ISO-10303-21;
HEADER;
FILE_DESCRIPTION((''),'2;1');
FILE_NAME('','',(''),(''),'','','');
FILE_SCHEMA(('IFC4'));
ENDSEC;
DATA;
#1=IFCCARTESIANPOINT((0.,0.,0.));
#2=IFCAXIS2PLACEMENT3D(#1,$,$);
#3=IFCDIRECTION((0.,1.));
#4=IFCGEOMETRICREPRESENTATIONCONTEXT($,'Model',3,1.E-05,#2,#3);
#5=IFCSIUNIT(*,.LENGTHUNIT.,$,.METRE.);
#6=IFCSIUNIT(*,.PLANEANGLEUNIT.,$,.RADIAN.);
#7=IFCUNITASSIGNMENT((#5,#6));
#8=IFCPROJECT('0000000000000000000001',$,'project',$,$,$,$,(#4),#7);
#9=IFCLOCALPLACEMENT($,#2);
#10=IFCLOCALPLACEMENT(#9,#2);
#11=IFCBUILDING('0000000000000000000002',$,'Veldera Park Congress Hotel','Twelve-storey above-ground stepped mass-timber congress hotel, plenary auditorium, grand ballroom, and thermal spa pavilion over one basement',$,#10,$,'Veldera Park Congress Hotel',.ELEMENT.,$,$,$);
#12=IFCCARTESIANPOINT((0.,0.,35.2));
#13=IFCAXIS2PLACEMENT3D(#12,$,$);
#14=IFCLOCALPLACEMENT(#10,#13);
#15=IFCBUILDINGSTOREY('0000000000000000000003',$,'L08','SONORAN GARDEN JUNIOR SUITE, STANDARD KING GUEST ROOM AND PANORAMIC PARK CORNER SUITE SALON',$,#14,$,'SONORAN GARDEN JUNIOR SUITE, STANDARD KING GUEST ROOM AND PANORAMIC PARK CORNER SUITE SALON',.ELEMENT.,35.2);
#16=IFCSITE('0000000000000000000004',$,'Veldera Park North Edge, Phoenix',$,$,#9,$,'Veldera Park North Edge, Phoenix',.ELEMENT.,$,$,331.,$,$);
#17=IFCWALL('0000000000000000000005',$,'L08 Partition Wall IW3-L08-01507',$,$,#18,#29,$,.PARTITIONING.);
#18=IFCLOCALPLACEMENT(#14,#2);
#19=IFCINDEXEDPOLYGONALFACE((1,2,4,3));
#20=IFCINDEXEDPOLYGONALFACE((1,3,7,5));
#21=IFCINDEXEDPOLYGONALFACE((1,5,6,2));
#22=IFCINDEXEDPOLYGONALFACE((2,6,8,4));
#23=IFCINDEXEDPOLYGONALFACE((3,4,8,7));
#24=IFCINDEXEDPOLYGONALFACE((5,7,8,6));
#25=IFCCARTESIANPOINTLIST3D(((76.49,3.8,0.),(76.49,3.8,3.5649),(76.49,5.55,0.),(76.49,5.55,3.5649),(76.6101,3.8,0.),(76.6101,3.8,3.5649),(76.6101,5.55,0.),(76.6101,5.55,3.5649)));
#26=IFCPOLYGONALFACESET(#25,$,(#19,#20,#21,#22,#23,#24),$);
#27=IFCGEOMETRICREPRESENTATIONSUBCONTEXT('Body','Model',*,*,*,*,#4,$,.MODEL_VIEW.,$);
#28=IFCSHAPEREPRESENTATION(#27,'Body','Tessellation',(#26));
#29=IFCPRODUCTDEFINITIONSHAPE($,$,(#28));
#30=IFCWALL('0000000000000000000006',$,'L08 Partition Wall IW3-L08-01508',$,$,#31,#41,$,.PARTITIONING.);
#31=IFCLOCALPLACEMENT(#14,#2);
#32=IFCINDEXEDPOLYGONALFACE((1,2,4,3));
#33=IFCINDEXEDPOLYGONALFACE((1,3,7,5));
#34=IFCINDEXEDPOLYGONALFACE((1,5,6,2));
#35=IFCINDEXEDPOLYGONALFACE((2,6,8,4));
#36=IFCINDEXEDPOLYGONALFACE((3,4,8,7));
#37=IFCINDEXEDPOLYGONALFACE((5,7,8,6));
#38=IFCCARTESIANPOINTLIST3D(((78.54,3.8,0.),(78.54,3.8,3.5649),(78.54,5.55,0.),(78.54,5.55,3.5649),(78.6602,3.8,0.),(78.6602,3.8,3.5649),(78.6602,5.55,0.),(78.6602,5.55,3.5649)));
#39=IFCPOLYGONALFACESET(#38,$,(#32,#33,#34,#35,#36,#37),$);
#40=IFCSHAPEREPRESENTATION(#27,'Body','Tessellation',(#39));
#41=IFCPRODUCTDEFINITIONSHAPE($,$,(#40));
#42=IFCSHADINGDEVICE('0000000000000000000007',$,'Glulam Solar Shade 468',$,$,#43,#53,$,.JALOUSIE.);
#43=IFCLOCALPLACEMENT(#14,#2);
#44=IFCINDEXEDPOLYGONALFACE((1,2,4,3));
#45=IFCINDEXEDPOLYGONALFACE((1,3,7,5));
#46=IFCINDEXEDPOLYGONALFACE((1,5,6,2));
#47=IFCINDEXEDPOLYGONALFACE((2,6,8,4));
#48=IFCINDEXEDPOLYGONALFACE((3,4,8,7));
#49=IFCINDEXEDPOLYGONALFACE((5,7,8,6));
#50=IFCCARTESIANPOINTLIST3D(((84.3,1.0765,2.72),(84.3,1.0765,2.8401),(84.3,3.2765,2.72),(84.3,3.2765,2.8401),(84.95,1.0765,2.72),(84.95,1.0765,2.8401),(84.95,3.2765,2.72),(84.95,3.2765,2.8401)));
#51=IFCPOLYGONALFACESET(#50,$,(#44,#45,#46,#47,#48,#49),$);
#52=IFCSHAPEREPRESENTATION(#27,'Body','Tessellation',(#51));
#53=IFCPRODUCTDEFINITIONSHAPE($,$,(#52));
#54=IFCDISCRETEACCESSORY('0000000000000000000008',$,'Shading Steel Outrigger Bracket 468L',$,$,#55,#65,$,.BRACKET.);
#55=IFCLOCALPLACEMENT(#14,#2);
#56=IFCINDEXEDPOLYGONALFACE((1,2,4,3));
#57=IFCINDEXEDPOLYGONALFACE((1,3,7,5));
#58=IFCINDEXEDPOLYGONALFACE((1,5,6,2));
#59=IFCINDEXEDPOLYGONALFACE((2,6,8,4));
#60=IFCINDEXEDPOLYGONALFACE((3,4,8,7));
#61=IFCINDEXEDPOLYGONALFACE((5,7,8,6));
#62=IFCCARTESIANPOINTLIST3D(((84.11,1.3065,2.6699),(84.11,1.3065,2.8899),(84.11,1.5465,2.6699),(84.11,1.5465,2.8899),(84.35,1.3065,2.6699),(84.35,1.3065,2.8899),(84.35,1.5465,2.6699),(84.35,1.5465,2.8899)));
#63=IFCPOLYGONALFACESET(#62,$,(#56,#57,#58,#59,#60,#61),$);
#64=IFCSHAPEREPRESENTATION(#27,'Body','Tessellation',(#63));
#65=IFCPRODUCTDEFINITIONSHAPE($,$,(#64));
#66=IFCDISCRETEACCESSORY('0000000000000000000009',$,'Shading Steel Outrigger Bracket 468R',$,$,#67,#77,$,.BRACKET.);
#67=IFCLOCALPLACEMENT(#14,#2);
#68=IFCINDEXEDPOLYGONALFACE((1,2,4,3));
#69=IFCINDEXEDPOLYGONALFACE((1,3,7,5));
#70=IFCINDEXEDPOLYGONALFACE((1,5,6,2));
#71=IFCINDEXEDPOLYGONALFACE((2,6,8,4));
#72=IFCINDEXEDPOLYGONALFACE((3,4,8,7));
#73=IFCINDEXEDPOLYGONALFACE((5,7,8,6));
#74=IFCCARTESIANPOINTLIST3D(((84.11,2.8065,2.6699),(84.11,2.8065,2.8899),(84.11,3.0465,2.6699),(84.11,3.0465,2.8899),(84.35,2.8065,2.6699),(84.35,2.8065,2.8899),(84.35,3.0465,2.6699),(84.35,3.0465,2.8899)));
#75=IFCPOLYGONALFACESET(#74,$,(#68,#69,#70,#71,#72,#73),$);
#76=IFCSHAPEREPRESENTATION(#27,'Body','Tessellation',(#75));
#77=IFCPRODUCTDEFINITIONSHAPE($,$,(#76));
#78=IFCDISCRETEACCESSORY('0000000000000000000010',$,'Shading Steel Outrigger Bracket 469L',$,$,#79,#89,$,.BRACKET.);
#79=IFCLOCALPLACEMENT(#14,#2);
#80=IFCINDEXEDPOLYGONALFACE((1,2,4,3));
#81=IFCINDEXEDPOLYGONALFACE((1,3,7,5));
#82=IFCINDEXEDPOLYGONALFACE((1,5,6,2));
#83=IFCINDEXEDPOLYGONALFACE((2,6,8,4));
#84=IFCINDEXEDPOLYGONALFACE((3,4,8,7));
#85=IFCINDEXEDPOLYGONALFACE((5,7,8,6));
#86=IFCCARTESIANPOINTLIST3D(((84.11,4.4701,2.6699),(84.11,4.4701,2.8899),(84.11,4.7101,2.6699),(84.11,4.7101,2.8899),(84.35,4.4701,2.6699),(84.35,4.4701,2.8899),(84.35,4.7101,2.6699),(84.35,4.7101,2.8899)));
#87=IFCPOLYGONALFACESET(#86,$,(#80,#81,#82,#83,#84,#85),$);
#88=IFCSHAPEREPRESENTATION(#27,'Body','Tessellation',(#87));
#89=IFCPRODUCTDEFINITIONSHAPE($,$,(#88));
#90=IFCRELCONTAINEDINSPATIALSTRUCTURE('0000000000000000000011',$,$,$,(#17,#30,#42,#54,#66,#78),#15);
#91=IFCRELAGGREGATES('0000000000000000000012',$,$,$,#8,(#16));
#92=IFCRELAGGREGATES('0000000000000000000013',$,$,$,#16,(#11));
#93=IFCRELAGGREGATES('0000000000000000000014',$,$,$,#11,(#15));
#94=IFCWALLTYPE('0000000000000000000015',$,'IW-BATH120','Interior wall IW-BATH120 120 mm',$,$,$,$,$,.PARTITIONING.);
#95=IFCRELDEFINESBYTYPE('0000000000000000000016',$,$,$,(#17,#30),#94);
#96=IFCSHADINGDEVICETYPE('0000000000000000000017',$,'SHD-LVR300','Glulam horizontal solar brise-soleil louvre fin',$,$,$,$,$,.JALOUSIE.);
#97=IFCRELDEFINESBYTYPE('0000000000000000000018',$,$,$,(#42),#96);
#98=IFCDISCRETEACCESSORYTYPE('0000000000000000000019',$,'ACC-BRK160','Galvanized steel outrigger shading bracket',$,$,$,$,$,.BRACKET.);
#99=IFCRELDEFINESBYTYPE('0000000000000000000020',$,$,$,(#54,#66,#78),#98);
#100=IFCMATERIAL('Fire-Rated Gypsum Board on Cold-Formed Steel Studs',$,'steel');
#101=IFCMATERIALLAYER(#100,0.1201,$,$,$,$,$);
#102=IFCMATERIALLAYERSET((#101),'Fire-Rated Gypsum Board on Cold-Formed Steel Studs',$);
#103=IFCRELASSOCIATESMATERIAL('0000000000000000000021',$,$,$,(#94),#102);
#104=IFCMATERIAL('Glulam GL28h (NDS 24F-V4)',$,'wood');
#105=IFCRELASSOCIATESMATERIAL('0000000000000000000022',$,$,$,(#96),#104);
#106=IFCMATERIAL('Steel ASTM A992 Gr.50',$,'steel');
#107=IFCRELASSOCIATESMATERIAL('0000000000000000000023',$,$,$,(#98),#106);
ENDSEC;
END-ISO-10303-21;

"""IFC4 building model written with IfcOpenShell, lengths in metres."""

from ifc_helpers import new_model, si_unit, direction, frame, frame_2d, origin, origin_2d, place, context, subcontext, project, spatial, rectangle, extrude, material, layer, layer_set, type_object, element, save


model = new_model("IFC4")

# Units and contexts
model_context = context("Model", 3, precision=1e-05, world=origin(), true_north=direction((0.0, 1.0)))
body_context = subcontext(model_context, "Body", "Model", "MODEL_VIEW")
ifc_project = project(units=[si_unit("LENGTHUNIT", "METRE"), si_unit("PLANEANGLEUNIT", "RADIAN")], contexts=[model_context])

# Site, building, storey
site_placement = place(None, origin())
site = spatial("IfcSite", under=ifc_project, at=site_placement, Name="Veldera Park North Edge, Phoenix", LongName="Veldera Park North Edge, Phoenix", CompositionType="ELEMENT", RefElevation=331.0)
building_placement = place(site_placement, origin())
building = spatial("IfcBuilding", under=site, at=building_placement, Name="Veldera Park Congress Hotel", Description="Twelve-storey above-ground stepped mass-timber congress hotel, plenary auditorium, grand ballroom, and thermal spa pavilion over one basement", LongName="Veldera Park Congress Hotel", CompositionType="ELEMENT")
storey_placement = place(building_placement, frame((0.0, 0.0, 35.2)))
storey = spatial("IfcBuildingStorey", under=building, at=storey_placement, Name="L08", Description="SONORAN GARDEN JUNIOR SUITE, STANDARD KING GUEST ROOM AND PANORAMIC PARK CORNER SUITE SALON", LongName="SONORAN GARDEN JUNIOR SUITE, STANDARD KING GUEST ROOM AND PANORAMIC PARK CORNER SUITE SALON", CompositionType="ELEMENT", Elevation=35.2)

# Shared definitions
ifc_material_1 = material(Name="Glulam GL28h (NDS 24F-V4)", Category="wood")

# Shared definitions
ifc_material_2 = material(Name="Fire-Rated Gypsum Board on Cold-Formed Steel Studs", Category="steel")
ifc_layer_1 = layer(ifc_material_2, 0.1201)
ifc_layer_set_1 = layer_set([ifc_layer_1], Name="Fire-Rated Gypsum Board on Cold-Formed Steel Studs")
wall_type_1 = type_object("IfcWallType", Name="IW-BATH120", Description="Interior wall IW-BATH120 120 mm", PredefinedType="PARTITIONING", material=ifc_layer_set_1)

# Walls
for number, where, z_axis, x_axis, name in (
    (1, (76.55, 3.8, 0.0), (0.0, 0.0, 1.0), (0.0, 1.0, 0.0), "L08 Partition Wall IW3-L08-01507"),
    (2, (78.6001, 3.8, 0.0), (0.0, 0.0, 1.0), (0.0, 1.0, 0.0), "L08 Partition Wall IW3-L08-01508"),
):
    element("IfcWall", number, at=place(storey_placement, frame(where, z_axis=z_axis, x_axis=x_axis)), inside=storey, type_object=wall_type_1, Name=name, PredefinedType="PARTITIONING", context=body_context, shape_type="SweptSolid", body=[
        extrude(rectangle(XDim=1.75, YDim=0.1201, at=frame_2d((0.875, 0.0))), origin(), (0.0, 0.0, 1.0), 3.5649),
    ])

# Shading device
shading_device_type = type_object("IfcShadingDeviceType", Name="SHD-LVR300", Description="Glulam horizontal solar brise-soleil louvre fin", PredefinedType="JALOUSIE", material=ifc_material_1)
shading_device_placement = place(storey_placement, frame((84.625, 2.1765, 2.72), z_axis=(0.0, 0.0, 1.0), x_axis=(0.0, 1.0, 0.0)))
element("IfcShadingDevice", 3, at=shading_device_placement, inside=storey, type_object=shading_device_type, Name="Glulam Solar Shade 468", PredefinedType="JALOUSIE", context=body_context, shape_type="SweptSolid", body=[
    extrude(rectangle(XDim=2.2, YDim=0.6499, at=origin_2d()), origin(), (0.0, 0.0, 1.0), 0.1201),
])

# Discrete accessories
ifc_material_3 = material(Name="Steel ASTM A992 Gr.50", Category="steel")
discrete_accessory_type = type_object("IfcDiscreteAccessoryType", Name="ACC-BRK160", Description="Galvanized steel outrigger shading bracket", PredefinedType="BRACKET", material=ifc_material_3)
for number, where, z_axis, x_axis, name in (
    (4, (84.23, 1.4265, 2.6699), (0.0, 0.0, 1.0), (0.0, 1.0, 0.0), "Shading Steel Outrigger Bracket 468L"),
    (5, (84.23, 2.9265, 2.6699), (0.0, 0.0, 1.0), (0.0, 1.0, 0.0), "Shading Steel Outrigger Bracket 468R"),
    (6, (84.23, 4.5901, 2.6699), (0.0, 0.0, 1.0), (0.0, 1.0, 0.0), "Shading Steel Outrigger Bracket 469L"),
):
    element("IfcDiscreteAccessory", number, at=place(storey_placement, frame(where, z_axis=z_axis, x_axis=x_axis)), inside=storey, type_object=discrete_accessory_type, Name=name, PredefinedType="BRACKET", context=body_context, shape_type="SweptSolid", body=[
        extrude(rectangle(XDim=0.24, YDim=0.24, at=origin_2d()), origin(), (0.0, 0.0, 1.0), 0.22),
    ])

save(model, "model.ifc")
